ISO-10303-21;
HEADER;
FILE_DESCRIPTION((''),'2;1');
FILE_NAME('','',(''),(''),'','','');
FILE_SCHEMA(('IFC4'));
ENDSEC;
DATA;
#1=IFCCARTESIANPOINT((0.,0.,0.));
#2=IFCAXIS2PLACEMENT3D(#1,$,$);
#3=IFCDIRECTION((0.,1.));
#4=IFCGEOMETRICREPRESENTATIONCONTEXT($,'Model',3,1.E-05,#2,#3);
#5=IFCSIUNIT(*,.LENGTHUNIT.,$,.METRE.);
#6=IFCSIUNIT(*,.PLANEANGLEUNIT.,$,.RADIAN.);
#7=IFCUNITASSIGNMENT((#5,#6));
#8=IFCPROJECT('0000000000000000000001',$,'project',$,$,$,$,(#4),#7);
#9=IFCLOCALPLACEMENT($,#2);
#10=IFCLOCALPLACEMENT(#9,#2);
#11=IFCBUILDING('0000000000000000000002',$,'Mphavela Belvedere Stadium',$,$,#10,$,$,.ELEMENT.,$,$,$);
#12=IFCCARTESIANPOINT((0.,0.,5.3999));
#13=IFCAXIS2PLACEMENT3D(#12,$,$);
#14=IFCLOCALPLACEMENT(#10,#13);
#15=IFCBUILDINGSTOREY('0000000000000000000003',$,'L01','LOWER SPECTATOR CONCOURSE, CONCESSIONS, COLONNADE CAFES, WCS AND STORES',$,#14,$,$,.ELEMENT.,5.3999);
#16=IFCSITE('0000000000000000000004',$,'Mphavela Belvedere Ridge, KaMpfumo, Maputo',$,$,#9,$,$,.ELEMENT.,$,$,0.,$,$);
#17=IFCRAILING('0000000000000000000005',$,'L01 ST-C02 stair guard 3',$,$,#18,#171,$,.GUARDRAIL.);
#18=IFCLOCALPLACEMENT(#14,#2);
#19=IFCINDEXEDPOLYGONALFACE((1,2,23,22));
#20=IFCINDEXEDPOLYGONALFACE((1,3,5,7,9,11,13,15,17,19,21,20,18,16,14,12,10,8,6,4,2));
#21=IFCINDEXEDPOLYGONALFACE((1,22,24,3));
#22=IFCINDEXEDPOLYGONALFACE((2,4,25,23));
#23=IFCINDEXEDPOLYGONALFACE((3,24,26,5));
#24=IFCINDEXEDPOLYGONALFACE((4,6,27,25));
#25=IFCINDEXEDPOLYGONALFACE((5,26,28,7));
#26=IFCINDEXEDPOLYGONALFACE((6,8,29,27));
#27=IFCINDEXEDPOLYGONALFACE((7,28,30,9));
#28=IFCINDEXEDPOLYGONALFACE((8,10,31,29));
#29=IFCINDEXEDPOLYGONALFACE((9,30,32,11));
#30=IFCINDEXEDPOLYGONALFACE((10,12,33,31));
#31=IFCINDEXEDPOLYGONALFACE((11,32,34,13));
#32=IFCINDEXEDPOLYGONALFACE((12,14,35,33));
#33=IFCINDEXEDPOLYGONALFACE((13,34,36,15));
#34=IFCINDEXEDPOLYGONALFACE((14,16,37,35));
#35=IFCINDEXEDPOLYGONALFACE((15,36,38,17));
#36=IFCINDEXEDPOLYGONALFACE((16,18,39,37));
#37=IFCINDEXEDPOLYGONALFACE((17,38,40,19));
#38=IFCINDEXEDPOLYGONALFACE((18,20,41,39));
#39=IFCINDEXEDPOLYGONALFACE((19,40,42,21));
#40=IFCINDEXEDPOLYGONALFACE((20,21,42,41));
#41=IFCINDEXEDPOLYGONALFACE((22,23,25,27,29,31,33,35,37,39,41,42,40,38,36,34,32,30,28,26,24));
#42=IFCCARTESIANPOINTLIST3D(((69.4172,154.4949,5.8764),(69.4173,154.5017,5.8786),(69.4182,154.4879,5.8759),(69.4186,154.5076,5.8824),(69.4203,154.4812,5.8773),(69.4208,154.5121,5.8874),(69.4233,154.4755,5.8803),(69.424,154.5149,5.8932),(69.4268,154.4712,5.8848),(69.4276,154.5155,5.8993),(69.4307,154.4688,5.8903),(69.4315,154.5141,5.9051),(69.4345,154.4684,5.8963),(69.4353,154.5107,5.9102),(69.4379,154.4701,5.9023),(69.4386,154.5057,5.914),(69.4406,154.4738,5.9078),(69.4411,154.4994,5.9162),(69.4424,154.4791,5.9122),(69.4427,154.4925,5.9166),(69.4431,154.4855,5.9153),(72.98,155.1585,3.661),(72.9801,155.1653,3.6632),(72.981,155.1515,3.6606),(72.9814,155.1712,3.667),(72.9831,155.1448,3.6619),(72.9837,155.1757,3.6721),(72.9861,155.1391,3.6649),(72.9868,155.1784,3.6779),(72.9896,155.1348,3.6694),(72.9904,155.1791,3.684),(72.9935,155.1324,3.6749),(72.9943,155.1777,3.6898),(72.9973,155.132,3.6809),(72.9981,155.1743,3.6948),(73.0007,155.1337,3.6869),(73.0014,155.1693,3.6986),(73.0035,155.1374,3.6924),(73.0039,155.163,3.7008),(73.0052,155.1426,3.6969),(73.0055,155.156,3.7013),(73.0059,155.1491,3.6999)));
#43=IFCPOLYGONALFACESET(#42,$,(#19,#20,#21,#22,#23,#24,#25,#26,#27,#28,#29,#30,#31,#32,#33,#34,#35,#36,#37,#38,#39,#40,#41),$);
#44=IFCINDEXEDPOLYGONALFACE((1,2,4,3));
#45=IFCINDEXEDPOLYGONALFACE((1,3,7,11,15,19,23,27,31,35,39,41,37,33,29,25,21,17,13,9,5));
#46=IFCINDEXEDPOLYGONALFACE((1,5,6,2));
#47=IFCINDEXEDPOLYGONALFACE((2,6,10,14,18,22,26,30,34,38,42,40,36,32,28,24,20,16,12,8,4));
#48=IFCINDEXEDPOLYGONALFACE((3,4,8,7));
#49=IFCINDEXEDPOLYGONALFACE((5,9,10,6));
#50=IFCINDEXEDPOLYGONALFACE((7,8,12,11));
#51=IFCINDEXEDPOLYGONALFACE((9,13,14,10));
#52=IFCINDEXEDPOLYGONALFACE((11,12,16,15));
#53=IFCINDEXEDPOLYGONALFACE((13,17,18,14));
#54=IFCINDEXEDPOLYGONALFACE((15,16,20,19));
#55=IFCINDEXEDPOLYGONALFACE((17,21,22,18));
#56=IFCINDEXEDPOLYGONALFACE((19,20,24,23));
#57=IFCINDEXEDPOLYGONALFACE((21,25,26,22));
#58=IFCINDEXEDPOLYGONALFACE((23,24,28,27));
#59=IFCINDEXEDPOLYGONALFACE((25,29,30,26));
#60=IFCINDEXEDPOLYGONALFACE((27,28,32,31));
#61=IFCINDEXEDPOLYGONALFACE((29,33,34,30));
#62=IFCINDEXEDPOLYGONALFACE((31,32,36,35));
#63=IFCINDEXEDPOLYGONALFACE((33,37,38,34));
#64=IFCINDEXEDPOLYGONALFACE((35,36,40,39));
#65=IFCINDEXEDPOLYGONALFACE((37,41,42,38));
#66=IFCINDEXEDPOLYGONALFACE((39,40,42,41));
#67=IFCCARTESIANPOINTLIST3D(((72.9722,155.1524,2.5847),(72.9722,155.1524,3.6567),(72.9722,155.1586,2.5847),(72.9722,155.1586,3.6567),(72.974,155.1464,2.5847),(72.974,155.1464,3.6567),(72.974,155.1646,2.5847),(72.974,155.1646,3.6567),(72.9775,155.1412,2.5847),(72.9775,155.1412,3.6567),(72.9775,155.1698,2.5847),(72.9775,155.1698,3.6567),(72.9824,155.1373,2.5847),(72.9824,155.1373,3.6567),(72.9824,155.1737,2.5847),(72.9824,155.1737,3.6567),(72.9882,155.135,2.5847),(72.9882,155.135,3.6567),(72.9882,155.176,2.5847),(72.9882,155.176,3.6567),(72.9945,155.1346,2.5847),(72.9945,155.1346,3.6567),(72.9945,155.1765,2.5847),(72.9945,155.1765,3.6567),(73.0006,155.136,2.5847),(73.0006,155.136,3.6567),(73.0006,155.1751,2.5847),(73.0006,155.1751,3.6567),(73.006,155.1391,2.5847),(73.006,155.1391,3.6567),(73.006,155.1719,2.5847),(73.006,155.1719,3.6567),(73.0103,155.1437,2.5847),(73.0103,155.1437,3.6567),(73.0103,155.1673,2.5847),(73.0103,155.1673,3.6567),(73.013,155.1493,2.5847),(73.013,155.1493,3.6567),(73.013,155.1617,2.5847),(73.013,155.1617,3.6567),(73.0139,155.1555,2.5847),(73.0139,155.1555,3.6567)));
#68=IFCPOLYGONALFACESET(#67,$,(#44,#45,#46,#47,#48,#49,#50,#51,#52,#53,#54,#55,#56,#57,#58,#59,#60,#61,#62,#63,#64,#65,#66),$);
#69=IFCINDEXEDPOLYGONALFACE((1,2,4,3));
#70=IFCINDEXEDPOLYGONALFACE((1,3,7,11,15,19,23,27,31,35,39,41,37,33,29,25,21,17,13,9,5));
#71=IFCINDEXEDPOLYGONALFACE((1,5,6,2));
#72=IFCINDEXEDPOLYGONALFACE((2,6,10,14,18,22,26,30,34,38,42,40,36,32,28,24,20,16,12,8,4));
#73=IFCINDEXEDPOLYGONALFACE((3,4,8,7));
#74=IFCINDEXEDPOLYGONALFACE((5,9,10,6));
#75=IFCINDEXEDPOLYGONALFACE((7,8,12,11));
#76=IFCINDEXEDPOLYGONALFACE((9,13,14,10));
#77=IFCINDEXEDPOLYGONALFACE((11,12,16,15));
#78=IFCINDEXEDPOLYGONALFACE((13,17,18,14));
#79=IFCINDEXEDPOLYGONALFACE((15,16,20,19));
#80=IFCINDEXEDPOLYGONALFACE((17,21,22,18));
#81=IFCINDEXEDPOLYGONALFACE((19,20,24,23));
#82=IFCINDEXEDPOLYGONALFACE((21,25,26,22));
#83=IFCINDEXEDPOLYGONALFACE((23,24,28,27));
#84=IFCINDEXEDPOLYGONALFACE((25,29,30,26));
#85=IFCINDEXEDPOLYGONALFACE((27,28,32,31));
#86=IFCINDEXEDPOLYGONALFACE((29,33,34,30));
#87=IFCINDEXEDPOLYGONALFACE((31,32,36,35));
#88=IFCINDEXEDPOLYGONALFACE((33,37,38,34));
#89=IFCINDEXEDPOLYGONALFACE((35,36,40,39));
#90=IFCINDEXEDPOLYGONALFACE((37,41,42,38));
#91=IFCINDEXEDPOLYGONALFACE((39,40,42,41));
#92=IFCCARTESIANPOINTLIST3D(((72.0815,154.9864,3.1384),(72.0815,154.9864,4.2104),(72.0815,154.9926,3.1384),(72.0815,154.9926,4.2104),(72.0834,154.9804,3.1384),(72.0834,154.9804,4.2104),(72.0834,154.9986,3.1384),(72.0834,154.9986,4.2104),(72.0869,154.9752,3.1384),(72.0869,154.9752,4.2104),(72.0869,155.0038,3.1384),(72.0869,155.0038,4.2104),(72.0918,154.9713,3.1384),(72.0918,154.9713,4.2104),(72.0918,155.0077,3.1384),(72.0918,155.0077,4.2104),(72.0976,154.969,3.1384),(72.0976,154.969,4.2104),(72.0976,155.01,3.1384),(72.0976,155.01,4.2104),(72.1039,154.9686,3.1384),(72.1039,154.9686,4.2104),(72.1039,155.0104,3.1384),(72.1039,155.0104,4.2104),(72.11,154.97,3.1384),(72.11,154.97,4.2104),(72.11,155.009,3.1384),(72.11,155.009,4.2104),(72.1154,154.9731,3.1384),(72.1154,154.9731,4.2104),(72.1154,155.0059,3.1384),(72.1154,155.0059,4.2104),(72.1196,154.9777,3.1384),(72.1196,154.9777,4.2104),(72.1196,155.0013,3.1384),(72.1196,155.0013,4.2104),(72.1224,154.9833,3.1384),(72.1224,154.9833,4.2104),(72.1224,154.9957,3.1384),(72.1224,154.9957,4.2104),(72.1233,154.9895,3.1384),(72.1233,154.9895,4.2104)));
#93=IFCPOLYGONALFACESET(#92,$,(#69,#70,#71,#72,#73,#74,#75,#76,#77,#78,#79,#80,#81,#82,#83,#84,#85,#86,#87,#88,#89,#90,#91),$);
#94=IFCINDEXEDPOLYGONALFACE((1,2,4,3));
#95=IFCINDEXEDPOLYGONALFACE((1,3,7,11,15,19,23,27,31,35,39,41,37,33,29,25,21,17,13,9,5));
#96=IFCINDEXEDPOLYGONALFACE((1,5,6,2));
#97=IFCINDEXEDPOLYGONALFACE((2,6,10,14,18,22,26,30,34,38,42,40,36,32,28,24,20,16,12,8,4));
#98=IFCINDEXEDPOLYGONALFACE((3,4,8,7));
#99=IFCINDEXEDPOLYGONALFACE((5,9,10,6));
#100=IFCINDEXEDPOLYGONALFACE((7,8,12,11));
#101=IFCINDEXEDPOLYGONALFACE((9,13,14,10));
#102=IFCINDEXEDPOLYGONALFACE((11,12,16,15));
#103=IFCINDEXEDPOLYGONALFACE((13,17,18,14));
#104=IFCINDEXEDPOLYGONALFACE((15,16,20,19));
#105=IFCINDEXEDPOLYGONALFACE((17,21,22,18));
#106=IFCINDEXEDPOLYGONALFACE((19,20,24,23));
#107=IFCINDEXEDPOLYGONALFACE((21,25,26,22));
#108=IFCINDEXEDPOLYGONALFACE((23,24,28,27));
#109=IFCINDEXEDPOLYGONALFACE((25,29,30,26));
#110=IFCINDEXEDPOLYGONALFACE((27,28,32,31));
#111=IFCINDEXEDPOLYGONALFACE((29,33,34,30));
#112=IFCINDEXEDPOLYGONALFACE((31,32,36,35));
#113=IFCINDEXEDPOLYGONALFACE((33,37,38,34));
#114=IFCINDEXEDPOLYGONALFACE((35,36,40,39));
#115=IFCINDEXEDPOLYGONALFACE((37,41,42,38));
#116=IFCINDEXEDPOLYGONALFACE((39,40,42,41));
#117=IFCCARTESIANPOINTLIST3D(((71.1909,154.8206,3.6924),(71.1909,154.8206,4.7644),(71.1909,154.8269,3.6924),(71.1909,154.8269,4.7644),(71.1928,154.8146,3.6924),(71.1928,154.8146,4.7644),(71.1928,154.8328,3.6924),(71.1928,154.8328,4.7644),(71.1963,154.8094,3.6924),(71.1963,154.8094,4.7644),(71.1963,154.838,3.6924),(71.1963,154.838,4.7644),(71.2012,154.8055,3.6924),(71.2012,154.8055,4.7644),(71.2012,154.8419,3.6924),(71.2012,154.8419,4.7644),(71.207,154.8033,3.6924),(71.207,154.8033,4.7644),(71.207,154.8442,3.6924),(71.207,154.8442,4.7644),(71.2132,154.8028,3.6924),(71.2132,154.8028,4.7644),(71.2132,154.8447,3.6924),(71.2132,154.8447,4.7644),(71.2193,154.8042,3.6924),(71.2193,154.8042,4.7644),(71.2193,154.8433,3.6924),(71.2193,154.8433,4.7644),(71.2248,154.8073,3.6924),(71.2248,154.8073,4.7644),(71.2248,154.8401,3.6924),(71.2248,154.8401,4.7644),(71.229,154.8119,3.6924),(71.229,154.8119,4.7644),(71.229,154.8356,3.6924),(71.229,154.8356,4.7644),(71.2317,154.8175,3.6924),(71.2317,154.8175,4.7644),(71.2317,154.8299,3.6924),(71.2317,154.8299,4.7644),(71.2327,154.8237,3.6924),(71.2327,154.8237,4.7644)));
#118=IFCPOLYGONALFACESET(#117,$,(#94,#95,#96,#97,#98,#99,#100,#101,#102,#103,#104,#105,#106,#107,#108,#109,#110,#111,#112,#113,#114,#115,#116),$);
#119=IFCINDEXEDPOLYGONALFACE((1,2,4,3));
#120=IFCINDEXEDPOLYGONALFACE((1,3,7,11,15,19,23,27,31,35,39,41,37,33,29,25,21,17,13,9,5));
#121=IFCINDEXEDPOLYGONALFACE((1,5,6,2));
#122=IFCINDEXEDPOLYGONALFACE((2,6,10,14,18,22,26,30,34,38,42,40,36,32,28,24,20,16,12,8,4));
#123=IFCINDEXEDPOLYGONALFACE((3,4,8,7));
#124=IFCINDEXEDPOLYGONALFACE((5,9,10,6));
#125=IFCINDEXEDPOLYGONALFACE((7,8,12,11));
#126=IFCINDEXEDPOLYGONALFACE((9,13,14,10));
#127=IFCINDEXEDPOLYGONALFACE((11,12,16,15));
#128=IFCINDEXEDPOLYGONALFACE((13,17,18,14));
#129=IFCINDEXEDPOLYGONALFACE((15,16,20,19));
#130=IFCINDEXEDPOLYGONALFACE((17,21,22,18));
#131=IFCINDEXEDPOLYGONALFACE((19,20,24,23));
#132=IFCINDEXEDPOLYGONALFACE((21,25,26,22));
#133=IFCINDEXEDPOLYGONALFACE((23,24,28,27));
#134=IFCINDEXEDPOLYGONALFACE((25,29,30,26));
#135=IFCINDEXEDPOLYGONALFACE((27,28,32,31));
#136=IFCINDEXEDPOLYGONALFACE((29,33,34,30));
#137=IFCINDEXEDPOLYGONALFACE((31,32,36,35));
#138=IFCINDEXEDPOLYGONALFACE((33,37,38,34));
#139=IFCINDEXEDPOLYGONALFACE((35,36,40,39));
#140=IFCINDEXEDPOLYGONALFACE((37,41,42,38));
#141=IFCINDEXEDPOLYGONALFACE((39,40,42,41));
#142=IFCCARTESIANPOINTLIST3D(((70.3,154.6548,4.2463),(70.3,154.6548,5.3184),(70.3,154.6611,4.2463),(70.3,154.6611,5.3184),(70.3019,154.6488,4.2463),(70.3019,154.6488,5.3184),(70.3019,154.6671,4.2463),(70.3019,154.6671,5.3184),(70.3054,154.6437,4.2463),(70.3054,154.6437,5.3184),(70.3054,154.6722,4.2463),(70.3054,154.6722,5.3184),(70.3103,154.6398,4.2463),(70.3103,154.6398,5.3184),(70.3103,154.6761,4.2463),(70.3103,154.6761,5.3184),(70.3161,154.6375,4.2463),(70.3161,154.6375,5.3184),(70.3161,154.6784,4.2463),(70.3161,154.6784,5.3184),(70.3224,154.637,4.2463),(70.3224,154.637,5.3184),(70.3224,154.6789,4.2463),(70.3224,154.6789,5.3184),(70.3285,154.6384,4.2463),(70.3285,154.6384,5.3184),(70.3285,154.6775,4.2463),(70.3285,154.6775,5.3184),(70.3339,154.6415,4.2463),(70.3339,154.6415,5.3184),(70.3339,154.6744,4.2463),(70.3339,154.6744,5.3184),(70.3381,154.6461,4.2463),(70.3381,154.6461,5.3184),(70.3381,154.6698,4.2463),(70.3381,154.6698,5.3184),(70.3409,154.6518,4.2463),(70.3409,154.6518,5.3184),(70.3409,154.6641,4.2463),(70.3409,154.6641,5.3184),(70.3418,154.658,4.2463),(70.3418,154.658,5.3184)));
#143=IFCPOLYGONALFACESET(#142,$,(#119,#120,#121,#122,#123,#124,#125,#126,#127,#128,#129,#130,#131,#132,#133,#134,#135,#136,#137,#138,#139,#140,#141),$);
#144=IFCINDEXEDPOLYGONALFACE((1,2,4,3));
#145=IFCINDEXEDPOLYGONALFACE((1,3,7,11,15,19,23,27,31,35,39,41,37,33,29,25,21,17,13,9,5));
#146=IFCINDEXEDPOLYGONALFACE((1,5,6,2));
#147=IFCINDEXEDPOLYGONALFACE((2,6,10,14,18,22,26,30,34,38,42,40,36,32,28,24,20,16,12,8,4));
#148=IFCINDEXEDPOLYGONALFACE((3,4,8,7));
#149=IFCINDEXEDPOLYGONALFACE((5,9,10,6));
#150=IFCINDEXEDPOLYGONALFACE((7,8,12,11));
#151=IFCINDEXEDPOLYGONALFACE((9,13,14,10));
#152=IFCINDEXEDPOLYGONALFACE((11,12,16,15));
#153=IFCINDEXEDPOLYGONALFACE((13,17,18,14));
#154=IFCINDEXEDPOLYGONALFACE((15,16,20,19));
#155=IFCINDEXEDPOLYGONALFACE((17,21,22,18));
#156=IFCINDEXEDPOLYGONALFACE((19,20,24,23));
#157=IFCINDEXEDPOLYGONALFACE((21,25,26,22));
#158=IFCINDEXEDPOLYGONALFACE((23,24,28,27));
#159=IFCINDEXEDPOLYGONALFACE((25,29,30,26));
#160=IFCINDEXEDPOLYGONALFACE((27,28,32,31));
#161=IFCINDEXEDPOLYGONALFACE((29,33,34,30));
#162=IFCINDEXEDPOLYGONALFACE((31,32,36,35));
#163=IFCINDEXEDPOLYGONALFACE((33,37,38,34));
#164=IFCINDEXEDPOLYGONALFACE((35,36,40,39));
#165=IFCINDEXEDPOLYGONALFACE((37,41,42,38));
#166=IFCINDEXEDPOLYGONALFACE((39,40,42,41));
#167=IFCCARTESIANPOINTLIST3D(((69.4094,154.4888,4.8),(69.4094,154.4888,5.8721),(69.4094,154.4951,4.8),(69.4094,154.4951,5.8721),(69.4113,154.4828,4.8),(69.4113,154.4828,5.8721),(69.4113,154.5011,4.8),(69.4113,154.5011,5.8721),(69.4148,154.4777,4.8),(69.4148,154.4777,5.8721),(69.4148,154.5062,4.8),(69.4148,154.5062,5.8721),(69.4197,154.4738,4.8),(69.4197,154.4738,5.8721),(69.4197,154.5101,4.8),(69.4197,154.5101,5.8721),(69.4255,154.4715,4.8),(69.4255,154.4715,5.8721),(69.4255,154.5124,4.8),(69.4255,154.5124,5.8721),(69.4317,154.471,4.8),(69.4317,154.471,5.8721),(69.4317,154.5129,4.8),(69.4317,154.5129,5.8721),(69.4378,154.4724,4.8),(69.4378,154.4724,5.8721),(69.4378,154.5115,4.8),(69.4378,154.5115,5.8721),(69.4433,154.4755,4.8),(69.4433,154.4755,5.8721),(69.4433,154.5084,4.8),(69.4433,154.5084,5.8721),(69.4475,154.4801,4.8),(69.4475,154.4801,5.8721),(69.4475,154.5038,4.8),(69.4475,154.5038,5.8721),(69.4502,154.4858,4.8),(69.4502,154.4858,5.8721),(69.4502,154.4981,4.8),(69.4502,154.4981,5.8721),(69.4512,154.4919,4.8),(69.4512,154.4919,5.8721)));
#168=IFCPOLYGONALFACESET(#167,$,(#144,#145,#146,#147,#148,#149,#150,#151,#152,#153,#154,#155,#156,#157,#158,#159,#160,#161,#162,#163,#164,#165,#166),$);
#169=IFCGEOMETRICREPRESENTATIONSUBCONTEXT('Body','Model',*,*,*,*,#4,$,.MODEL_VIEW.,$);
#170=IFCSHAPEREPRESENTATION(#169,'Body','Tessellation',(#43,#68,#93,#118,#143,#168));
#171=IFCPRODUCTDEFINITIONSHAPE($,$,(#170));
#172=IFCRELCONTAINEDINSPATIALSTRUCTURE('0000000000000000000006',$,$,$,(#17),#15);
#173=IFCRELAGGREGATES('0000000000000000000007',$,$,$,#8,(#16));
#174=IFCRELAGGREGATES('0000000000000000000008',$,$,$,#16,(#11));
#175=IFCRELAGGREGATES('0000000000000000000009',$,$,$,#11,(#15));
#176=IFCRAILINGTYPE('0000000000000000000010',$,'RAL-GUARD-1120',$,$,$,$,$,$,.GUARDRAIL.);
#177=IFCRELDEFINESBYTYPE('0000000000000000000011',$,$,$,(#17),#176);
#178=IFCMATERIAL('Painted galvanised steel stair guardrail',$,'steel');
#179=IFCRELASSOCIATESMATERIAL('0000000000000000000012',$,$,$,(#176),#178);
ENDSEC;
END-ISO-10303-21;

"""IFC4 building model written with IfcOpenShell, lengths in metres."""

from ifc_helpers import new_model, si_unit, direction, frame, origin, origin_2d, place, context, subcontext, project, spatial, circle, extrude, material, type_object, element, save


model = new_model("IFC4")

# Units and contexts
model_context = context("Model", 3, precision=1e-05, world=origin(), true_north=direction((0.0, 1.0)))
body_context = subcontext(model_context, "Body", "Model", "MODEL_VIEW")
ifc_project = project(units=[si_unit("LENGTHUNIT", "METRE"), si_unit("PLANEANGLEUNIT", "RADIAN")], contexts=[model_context])

# Site, building, storey
site_placement = place(None, origin())
site = spatial("IfcSite", under=ifc_project, at=site_placement, Name="Mphavela Belvedere Ridge, KaMpfumo, Maputo", CompositionType="ELEMENT", RefElevation=0.0)
building_placement = place(site_placement, origin())
building = spatial("IfcBuilding", under=site, at=building_placement, Name="Mphavela Belvedere Stadium", CompositionType="ELEMENT")
storey_placement = place(building_placement, frame((0.0, 0.0, 5.3999)))
storey = spatial("IfcBuildingStorey", under=building, at=storey_placement, Name="L01", Description="LOWER SPECTATOR CONCOURSE, CONCESSIONS, COLONNADE CAFES, WCS AND STORES", CompositionType="ELEMENT", Elevation=5.3999)

# Railing
ifc_material_1 = material(Name="Painted galvanised steel stair guardrail", Category="steel")
railing_type_1 = type_object("IfcRailingType", Name="RAL-GUARD-1120", PredefinedType="GUARDRAIL", material=ifc_material_1)
railing_1_placement = place(storey_placement, frame((72.9929, 155.1555, 2.5847)))
element("IfcRailing", 1, at=railing_1_placement, inside=storey, type_object=railing_type_1, Name="L01 ST-C02 stair guard 3", PredefinedType="GUARDRAIL", context=body_context, shape_type="SweptSolid", body=[
    extrude(circle(Radius=0.0239, at=origin_2d()), frame((0.0, 0.0, 1.0962), z_axis=(-0.838788, -0.156227, 0.521563), x_axis=(0.183105, -0.983093, 0.0)), (0.0, 0.0, 1.0), 4.2476),
    extrude(circle(Radius=0.021, at=origin_2d()), origin(), (0.0, 0.0, 1.0), 1.072),
    extrude(circle(Radius=0.021, at=origin_2d()), frame((-0.8906, -0.166, 0.5537)), (0.0, 0.0, 1.0), 1.072),
    extrude(circle(Radius=0.021, at=origin_2d()), frame((-1.7812, -0.3318, 1.1077)), (0.0, 0.0, 1.0), 1.072),
    extrude(circle(Radius=0.021, at=origin_2d()), frame((-2.6721, -0.4976, 1.6616)), (0.0, 0.0, 1.0), 1.072),
    extrude(circle(Radius=0.021, at=origin_2d()), frame((-3.5627, -0.6636, 2.2153)), (0.0, 0.0, 1.0), 1.072),
])

save(model, "model.ifc")
